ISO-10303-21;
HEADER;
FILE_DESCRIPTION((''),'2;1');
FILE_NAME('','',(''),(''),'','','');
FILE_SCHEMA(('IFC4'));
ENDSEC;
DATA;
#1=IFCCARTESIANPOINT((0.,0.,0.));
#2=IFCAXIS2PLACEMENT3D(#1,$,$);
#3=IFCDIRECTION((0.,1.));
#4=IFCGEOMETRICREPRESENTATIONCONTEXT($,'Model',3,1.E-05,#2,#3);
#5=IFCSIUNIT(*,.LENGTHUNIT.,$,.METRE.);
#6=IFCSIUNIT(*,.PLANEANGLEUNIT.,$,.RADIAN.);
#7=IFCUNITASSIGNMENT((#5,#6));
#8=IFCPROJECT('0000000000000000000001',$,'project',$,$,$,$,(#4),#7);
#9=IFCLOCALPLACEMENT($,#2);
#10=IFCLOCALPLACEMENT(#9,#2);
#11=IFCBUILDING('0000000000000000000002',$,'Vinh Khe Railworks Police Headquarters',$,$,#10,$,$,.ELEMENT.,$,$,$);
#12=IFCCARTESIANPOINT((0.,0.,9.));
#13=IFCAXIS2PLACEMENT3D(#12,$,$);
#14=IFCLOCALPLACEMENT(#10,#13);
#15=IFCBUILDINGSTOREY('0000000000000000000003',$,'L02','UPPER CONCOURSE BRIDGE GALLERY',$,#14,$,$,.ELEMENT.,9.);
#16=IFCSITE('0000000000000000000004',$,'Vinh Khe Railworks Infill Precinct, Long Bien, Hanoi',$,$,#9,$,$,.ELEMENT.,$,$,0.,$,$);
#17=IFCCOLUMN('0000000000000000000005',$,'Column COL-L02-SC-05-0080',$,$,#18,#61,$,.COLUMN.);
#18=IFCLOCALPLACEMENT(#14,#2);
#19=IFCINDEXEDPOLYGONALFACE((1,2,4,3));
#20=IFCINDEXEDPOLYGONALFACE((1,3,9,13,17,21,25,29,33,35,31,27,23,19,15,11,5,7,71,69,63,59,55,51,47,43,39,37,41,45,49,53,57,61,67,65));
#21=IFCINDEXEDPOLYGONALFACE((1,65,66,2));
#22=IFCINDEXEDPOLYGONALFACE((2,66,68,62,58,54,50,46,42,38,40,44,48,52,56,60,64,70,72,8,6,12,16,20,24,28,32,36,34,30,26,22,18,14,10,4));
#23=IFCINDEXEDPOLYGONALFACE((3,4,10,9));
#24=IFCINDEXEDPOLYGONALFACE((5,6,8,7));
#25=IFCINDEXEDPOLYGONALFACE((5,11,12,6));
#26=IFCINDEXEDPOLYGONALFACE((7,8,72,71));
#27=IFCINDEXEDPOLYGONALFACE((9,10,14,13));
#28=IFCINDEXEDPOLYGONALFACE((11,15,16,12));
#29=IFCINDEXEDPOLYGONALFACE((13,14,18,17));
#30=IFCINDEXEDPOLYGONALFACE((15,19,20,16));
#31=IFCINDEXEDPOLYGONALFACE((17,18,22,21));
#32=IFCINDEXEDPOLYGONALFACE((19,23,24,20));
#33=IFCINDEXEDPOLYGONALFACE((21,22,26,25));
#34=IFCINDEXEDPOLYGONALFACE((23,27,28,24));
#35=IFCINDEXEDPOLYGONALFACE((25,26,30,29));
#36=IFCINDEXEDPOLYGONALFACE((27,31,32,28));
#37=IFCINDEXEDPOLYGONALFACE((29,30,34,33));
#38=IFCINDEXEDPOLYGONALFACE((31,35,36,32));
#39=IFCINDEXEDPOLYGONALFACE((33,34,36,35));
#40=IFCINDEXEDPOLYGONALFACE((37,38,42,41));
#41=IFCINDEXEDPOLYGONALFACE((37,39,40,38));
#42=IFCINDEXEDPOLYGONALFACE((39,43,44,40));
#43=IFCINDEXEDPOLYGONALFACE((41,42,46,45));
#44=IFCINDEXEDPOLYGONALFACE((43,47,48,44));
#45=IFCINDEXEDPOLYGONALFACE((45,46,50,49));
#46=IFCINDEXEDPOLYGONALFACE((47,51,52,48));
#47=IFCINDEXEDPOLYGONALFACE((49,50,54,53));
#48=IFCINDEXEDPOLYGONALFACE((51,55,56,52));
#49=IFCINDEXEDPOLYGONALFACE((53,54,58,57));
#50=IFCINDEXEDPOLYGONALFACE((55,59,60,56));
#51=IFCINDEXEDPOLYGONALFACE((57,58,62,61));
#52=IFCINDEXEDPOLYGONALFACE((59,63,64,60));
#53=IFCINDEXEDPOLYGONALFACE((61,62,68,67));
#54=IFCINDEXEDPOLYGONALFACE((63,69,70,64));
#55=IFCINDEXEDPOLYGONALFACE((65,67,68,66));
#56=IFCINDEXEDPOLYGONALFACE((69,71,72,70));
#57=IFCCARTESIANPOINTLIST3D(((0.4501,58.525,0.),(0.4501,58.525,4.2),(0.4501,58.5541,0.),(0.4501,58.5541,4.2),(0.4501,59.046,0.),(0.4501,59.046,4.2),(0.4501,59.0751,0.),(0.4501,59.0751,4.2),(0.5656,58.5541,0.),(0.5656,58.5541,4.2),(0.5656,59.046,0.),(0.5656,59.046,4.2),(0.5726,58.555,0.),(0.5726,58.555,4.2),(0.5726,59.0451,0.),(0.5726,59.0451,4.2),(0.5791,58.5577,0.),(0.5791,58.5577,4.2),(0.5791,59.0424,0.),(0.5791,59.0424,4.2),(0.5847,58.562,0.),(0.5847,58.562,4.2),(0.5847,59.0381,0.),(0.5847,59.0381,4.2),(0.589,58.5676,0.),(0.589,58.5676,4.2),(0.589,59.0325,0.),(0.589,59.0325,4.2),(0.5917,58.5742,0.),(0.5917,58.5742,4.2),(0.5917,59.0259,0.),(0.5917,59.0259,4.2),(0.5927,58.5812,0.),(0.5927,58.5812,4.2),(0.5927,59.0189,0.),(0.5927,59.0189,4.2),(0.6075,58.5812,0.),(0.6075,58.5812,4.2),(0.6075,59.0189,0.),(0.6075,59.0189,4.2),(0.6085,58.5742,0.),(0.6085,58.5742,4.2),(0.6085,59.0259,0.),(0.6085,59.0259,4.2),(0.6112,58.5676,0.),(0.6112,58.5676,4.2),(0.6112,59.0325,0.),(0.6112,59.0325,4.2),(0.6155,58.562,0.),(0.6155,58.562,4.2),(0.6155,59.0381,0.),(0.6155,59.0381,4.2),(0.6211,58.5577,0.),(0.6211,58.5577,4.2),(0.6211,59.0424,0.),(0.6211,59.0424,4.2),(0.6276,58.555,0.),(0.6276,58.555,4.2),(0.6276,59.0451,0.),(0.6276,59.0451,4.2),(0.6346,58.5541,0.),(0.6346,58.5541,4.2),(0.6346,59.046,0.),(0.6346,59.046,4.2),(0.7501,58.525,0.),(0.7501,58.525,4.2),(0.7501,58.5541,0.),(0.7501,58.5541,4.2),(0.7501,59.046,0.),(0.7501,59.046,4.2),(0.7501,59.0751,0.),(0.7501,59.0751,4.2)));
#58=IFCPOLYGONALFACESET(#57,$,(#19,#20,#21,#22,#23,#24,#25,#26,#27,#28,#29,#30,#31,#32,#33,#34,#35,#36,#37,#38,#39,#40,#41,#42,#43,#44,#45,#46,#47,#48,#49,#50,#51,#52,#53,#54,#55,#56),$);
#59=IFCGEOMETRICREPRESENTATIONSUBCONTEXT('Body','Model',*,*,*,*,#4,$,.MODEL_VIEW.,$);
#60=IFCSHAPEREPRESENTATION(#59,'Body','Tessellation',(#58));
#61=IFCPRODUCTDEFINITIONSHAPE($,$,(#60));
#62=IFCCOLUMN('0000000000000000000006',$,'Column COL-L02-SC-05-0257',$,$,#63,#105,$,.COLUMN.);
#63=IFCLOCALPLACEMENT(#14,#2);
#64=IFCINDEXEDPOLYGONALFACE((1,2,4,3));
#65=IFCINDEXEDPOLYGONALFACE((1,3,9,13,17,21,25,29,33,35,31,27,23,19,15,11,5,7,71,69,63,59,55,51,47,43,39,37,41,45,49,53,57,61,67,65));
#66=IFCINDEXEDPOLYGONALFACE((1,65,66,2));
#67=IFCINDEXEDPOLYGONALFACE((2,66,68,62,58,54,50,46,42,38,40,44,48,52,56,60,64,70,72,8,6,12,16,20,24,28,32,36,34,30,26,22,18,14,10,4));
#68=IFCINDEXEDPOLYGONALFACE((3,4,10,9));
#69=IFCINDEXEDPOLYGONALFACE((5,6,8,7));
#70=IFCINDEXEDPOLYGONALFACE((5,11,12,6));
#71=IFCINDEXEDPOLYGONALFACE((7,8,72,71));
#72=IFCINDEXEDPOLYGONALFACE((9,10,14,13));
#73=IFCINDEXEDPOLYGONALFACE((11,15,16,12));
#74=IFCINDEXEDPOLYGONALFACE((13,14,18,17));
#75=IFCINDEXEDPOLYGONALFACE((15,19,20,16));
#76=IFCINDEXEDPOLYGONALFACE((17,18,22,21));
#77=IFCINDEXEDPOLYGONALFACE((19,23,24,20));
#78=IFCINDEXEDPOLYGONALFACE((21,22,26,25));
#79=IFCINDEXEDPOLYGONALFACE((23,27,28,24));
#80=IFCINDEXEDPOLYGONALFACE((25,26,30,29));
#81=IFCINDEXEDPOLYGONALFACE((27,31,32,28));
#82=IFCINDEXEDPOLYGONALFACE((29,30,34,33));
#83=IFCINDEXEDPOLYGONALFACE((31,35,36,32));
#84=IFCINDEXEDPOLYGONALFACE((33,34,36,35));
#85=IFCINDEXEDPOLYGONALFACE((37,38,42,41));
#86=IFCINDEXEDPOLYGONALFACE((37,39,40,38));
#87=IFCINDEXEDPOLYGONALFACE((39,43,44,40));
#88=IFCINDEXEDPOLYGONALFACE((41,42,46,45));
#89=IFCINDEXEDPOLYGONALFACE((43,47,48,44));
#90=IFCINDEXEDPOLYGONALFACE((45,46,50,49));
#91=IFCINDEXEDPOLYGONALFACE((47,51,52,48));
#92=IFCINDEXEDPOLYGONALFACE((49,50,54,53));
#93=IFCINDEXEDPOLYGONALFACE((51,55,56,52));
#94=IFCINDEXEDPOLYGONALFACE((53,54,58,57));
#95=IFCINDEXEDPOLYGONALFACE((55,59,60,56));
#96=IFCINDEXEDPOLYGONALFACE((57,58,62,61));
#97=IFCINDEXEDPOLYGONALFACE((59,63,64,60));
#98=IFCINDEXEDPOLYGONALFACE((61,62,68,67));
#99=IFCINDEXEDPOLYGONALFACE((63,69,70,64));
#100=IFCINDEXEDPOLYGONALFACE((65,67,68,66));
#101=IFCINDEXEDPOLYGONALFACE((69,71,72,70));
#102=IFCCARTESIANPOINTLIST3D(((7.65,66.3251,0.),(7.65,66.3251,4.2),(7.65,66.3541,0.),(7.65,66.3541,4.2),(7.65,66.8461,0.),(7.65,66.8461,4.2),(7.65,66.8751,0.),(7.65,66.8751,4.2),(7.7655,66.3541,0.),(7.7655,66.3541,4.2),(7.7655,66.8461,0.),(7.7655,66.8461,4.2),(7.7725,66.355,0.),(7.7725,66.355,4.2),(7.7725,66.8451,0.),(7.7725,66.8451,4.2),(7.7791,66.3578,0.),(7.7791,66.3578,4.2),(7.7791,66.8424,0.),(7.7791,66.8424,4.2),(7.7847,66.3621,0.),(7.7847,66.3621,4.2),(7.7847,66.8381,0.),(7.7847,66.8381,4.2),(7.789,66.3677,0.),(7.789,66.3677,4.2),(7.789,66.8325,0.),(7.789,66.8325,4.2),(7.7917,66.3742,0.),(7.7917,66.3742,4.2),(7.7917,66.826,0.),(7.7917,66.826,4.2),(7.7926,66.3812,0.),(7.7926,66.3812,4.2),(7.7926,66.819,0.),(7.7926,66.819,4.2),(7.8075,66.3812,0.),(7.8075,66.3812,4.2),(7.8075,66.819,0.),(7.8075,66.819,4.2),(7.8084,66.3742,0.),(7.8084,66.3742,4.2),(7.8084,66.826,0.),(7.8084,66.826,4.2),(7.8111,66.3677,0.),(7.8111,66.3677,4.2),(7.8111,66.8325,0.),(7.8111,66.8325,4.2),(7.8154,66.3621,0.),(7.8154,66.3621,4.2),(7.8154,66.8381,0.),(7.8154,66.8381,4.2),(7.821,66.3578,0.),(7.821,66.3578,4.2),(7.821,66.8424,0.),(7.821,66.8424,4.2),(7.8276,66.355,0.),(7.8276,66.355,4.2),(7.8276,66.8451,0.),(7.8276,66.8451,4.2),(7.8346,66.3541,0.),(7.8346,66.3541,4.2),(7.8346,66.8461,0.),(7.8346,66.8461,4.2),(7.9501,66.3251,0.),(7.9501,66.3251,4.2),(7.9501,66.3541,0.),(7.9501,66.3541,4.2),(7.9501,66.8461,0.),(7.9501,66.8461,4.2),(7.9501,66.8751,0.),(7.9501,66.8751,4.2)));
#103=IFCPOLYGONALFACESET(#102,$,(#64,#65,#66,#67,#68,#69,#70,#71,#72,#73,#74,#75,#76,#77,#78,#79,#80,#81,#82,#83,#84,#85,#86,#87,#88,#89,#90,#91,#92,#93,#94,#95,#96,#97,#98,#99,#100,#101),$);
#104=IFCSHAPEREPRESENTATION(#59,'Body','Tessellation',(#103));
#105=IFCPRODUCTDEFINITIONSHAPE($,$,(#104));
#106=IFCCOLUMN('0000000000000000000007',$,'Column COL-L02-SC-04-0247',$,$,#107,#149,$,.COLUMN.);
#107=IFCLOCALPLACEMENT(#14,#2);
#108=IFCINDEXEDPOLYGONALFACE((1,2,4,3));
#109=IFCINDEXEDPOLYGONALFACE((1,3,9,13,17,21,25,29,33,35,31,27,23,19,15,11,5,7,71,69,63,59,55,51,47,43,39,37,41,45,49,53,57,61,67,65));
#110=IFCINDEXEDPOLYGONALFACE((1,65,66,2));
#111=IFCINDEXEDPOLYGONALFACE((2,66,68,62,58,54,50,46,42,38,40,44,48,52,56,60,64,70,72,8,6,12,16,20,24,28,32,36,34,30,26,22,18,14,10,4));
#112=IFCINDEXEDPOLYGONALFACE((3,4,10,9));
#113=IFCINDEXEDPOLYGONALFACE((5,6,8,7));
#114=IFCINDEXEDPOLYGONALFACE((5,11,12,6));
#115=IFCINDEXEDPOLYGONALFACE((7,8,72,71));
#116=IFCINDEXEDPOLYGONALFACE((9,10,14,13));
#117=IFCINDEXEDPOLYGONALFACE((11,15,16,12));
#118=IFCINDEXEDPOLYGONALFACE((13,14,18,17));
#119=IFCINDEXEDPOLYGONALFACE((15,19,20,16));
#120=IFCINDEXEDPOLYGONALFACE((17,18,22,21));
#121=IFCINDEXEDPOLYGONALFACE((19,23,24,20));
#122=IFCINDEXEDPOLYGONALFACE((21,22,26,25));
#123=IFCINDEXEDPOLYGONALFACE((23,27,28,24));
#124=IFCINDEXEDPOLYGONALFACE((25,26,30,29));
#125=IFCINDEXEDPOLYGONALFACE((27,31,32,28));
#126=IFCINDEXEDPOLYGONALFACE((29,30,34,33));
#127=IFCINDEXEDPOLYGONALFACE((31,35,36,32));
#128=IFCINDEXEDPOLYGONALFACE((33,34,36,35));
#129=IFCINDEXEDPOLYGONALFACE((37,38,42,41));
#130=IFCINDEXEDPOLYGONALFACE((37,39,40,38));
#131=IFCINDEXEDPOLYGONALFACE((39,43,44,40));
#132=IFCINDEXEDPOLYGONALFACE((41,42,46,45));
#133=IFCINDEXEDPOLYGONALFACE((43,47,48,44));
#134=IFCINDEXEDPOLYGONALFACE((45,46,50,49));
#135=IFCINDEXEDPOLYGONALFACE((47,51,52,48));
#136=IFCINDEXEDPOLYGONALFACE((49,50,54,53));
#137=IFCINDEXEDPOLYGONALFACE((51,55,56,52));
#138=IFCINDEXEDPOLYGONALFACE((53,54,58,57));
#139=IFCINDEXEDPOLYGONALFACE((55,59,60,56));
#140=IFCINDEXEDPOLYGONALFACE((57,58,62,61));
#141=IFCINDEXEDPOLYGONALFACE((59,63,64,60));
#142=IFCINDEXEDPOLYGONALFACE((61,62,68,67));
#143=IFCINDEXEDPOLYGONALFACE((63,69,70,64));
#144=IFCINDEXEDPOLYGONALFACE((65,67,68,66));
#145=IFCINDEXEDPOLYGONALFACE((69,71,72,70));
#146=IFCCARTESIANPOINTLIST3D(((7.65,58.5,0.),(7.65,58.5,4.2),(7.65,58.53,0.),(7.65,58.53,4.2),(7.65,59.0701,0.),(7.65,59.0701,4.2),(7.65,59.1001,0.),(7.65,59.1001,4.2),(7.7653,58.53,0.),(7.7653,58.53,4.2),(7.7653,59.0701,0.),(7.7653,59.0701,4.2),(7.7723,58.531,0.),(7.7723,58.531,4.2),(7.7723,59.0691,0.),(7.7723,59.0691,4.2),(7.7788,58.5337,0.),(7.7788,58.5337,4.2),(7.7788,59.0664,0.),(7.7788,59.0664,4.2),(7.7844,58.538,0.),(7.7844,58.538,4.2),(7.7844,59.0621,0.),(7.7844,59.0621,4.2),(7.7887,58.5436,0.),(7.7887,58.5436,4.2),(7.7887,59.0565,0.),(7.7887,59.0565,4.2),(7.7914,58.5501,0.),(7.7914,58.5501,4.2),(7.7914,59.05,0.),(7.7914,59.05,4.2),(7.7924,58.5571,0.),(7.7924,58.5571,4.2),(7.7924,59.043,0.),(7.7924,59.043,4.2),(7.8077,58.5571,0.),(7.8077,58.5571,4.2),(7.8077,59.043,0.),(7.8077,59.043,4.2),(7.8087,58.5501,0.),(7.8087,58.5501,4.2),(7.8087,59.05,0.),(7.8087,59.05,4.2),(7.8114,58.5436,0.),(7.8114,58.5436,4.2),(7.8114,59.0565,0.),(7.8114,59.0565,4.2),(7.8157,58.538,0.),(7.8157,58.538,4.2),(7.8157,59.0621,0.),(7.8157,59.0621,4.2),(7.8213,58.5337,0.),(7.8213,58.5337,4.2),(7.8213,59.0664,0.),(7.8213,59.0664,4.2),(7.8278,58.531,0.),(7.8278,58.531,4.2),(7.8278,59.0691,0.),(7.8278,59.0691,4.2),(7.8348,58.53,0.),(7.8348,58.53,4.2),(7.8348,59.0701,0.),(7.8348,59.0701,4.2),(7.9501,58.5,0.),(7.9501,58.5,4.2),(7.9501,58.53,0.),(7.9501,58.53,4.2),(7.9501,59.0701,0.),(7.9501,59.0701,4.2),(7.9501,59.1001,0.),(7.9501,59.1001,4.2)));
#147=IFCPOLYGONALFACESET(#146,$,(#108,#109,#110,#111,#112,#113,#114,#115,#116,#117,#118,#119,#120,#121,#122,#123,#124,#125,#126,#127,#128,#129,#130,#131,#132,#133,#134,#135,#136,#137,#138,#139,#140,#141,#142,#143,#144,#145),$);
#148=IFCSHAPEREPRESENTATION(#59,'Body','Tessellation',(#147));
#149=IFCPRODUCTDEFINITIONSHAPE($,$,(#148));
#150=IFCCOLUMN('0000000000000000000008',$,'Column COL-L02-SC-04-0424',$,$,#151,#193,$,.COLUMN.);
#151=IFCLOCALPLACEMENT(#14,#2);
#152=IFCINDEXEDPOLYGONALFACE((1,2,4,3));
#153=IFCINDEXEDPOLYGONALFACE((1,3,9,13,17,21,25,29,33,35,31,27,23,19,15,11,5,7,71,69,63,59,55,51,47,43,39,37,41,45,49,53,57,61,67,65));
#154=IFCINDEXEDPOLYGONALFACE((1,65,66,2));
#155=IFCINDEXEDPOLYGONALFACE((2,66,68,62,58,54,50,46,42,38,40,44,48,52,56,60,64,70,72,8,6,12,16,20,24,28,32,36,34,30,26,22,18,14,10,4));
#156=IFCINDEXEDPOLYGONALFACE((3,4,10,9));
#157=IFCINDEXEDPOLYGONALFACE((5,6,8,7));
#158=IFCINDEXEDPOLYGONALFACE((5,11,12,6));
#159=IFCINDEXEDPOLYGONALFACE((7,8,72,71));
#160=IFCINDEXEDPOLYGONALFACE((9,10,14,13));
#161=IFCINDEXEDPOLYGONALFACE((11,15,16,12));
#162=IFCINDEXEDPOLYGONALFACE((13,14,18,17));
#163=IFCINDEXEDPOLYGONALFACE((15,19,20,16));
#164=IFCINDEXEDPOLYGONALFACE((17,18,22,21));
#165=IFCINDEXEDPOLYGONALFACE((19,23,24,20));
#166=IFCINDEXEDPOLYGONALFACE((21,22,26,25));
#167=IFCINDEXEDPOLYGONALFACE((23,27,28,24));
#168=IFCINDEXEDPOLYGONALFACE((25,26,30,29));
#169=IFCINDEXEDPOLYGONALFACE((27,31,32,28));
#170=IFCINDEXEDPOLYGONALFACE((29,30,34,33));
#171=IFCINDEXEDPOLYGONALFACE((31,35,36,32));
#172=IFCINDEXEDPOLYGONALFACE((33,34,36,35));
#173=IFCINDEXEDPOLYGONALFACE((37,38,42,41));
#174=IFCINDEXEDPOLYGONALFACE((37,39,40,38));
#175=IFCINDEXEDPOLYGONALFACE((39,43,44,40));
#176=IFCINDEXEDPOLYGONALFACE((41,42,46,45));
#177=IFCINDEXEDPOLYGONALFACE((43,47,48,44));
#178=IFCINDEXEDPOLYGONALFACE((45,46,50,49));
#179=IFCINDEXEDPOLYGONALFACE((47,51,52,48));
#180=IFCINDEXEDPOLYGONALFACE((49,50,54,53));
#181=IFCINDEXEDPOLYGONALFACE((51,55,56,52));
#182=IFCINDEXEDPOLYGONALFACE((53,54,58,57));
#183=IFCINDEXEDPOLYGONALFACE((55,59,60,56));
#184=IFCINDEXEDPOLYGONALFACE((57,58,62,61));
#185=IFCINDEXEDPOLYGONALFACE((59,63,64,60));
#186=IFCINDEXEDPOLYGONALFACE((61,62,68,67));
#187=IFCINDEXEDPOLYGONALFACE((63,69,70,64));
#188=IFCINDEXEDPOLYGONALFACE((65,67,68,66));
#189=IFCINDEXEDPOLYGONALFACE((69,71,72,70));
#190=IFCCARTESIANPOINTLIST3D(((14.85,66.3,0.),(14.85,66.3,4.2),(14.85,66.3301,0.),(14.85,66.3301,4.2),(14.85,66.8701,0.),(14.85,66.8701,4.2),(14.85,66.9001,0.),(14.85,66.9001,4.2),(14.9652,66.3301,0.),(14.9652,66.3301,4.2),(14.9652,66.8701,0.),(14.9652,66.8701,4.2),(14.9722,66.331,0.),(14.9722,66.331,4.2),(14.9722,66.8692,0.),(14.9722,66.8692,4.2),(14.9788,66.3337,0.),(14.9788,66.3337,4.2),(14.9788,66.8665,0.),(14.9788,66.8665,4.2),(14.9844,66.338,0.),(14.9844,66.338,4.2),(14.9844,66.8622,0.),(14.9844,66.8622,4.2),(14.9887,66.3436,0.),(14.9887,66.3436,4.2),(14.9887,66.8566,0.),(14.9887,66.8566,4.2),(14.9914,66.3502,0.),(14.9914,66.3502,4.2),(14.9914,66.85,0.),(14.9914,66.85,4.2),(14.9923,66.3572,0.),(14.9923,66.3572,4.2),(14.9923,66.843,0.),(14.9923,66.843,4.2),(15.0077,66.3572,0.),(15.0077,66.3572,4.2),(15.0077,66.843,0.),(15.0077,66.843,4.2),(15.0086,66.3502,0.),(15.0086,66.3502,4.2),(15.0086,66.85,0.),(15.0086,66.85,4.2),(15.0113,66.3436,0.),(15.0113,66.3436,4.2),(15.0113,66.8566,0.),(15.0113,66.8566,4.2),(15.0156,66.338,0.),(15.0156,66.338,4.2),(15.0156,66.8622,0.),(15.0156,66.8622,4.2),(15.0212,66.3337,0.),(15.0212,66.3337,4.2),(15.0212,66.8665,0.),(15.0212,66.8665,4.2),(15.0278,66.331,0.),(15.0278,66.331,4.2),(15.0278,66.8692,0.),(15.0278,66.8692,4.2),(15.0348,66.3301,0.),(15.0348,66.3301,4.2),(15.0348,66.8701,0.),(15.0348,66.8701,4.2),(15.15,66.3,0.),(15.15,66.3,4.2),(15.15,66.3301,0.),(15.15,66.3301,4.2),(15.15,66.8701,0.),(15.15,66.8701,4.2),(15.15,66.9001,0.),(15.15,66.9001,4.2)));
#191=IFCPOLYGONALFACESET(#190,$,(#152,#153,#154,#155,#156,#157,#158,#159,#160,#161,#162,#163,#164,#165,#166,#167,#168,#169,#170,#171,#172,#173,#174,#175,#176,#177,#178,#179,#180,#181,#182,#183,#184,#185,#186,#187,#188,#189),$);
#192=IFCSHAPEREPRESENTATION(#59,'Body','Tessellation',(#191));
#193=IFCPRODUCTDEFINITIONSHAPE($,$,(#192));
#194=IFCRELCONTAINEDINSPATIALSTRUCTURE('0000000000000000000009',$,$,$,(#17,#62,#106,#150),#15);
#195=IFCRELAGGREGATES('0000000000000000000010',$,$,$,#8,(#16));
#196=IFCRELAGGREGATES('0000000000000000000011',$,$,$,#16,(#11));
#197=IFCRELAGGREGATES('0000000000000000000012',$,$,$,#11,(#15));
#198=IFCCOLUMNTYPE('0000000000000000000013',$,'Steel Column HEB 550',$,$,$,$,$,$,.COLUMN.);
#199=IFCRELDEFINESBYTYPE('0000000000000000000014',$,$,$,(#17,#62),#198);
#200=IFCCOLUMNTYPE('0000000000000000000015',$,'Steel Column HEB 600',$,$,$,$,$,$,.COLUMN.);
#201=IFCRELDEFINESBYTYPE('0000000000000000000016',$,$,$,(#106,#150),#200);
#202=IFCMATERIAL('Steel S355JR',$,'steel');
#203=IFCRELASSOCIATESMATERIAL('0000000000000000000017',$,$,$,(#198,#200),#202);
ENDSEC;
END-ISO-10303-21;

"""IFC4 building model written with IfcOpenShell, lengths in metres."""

from ifc_helpers import new_model, si_unit, direction, frame, origin, origin_2d, place, context, subcontext, project, spatial, i_section, extrude, material, material_profile, profile_set, type_object, element, save


model = new_model("IFC4")

# Units and contexts
model_context = context("Model", 3, precision=1e-05, world=origin(), true_north=direction((0.0, 1.0)))
body_context = subcontext(model_context, "Body", "Model", "MODEL_VIEW")
ifc_project = project(units=[si_unit("LENGTHUNIT", "METRE"), si_unit("PLANEANGLEUNIT", "RADIAN")], contexts=[model_context])

# Site, building, storey
site_placement = place(None, origin())
site = spatial("IfcSite", under=ifc_project, at=site_placement, Name="Vinh Khe Railworks Infill Precinct, Long Bien, Hanoi", CompositionType="ELEMENT", RefElevation=0.0)
building_placement = place(site_placement, origin())
building = spatial("IfcBuilding", under=site, at=building_placement, Name="Vinh Khe Railworks Police Headquarters", CompositionType="ELEMENT")
storey_placement = place(building_placement, frame((0.0, 0.0, 9.0)))
storey = spatial("IfcBuildingStorey", under=building, at=storey_placement, Name="L02", Description="UPPER CONCOURSE BRIDGE GALLERY", CompositionType="ELEMENT", Elevation=9.0)

# Columns
ifc_material_1 = material(Name="Steel S355JR", Category="steel")
ifc_material_profile_1 = material_profile(ifc_material_1, i_section(OverallWidth=0.3, OverallDepth=0.55, WebThickness=0.0149, FlangeThickness=0.0291, FilletRadius=0.0271, at=origin_2d()), Name="HEB 550")
ifc_profile_set_1 = profile_set([ifc_material_profile_1], Name="Steel S355JR")
column_type_1 = type_object("IfcColumnType", Name="Steel Column HEB 550", PredefinedType="COLUMN", material=ifc_profile_set_1)
for number, where, z_axis, x_axis, name in (
    (1, (0.6001, 58.8, 0.0), (0.0, 0.0, 1.0), (1.0, 0.0, 0.0), "Column COL-L02-SC-05-0080"),
    (2, (7.8, 66.6001, 0.0), (0.0, 0.0, 1.0), (1.0, 0.0, 0.0), "Column COL-L02-SC-05-0257"),
):
    element("IfcColumn", number, at=place(storey_placement, frame(where, z_axis=z_axis, x_axis=x_axis)), inside=storey, type_object=column_type_1, Name=name, PredefinedType="COLUMN", context=body_context, shape_type="SweptSolid", body=[
        extrude(i_section(OverallWidth=0.3, OverallDepth=0.55, WebThickness=0.0149, FlangeThickness=0.0291, FilletRadius=0.0271, at=origin_2d()), origin(), (0.0, 0.0, 1.0), 4.2),
    ])
ifc_material_profile_2 = material_profile(ifc_material_1, i_section(OverallWidth=0.3, OverallDepth=0.6001, WebThickness=0.0154, FlangeThickness=0.03, FilletRadius=0.0271, at=origin_2d()), Name="HEB 600")
ifc_profile_set_2 = profile_set([ifc_material_profile_2], Name="Steel S355JR")
column_type_2 = type_object("IfcColumnType", Name="Steel Column HEB 600", PredefinedType="COLUMN", material=ifc_profile_set_2)
for number, where, z_axis, x_axis, name in (
    (3, (7.8, 58.8, 0.0), (0.0, 0.0, 1.0), (1.0, 0.0, 0.0), "Column COL-L02-SC-04-0247"),
    (4, (15.0, 66.6001, 0.0), (0.0, 0.0, 1.0), (1.0, 0.0, 0.0), "Column COL-L02-SC-04-0424"),
):
    element("IfcColumn", number, at=place(storey_placement, frame(where, z_axis=z_axis, x_axis=x_axis)), inside=storey, type_object=column_type_2, Name=name, PredefinedType="COLUMN", context=body_context, shape_type="SweptSolid", body=[
        extrude(i_section(OverallWidth=0.3, OverallDepth=0.6001, WebThickness=0.0154, FlangeThickness=0.03, FilletRadius=0.0271, at=origin_2d()), origin(), (0.0, 0.0, 1.0), 4.2),
    ])

save(model, "model.ifc")
